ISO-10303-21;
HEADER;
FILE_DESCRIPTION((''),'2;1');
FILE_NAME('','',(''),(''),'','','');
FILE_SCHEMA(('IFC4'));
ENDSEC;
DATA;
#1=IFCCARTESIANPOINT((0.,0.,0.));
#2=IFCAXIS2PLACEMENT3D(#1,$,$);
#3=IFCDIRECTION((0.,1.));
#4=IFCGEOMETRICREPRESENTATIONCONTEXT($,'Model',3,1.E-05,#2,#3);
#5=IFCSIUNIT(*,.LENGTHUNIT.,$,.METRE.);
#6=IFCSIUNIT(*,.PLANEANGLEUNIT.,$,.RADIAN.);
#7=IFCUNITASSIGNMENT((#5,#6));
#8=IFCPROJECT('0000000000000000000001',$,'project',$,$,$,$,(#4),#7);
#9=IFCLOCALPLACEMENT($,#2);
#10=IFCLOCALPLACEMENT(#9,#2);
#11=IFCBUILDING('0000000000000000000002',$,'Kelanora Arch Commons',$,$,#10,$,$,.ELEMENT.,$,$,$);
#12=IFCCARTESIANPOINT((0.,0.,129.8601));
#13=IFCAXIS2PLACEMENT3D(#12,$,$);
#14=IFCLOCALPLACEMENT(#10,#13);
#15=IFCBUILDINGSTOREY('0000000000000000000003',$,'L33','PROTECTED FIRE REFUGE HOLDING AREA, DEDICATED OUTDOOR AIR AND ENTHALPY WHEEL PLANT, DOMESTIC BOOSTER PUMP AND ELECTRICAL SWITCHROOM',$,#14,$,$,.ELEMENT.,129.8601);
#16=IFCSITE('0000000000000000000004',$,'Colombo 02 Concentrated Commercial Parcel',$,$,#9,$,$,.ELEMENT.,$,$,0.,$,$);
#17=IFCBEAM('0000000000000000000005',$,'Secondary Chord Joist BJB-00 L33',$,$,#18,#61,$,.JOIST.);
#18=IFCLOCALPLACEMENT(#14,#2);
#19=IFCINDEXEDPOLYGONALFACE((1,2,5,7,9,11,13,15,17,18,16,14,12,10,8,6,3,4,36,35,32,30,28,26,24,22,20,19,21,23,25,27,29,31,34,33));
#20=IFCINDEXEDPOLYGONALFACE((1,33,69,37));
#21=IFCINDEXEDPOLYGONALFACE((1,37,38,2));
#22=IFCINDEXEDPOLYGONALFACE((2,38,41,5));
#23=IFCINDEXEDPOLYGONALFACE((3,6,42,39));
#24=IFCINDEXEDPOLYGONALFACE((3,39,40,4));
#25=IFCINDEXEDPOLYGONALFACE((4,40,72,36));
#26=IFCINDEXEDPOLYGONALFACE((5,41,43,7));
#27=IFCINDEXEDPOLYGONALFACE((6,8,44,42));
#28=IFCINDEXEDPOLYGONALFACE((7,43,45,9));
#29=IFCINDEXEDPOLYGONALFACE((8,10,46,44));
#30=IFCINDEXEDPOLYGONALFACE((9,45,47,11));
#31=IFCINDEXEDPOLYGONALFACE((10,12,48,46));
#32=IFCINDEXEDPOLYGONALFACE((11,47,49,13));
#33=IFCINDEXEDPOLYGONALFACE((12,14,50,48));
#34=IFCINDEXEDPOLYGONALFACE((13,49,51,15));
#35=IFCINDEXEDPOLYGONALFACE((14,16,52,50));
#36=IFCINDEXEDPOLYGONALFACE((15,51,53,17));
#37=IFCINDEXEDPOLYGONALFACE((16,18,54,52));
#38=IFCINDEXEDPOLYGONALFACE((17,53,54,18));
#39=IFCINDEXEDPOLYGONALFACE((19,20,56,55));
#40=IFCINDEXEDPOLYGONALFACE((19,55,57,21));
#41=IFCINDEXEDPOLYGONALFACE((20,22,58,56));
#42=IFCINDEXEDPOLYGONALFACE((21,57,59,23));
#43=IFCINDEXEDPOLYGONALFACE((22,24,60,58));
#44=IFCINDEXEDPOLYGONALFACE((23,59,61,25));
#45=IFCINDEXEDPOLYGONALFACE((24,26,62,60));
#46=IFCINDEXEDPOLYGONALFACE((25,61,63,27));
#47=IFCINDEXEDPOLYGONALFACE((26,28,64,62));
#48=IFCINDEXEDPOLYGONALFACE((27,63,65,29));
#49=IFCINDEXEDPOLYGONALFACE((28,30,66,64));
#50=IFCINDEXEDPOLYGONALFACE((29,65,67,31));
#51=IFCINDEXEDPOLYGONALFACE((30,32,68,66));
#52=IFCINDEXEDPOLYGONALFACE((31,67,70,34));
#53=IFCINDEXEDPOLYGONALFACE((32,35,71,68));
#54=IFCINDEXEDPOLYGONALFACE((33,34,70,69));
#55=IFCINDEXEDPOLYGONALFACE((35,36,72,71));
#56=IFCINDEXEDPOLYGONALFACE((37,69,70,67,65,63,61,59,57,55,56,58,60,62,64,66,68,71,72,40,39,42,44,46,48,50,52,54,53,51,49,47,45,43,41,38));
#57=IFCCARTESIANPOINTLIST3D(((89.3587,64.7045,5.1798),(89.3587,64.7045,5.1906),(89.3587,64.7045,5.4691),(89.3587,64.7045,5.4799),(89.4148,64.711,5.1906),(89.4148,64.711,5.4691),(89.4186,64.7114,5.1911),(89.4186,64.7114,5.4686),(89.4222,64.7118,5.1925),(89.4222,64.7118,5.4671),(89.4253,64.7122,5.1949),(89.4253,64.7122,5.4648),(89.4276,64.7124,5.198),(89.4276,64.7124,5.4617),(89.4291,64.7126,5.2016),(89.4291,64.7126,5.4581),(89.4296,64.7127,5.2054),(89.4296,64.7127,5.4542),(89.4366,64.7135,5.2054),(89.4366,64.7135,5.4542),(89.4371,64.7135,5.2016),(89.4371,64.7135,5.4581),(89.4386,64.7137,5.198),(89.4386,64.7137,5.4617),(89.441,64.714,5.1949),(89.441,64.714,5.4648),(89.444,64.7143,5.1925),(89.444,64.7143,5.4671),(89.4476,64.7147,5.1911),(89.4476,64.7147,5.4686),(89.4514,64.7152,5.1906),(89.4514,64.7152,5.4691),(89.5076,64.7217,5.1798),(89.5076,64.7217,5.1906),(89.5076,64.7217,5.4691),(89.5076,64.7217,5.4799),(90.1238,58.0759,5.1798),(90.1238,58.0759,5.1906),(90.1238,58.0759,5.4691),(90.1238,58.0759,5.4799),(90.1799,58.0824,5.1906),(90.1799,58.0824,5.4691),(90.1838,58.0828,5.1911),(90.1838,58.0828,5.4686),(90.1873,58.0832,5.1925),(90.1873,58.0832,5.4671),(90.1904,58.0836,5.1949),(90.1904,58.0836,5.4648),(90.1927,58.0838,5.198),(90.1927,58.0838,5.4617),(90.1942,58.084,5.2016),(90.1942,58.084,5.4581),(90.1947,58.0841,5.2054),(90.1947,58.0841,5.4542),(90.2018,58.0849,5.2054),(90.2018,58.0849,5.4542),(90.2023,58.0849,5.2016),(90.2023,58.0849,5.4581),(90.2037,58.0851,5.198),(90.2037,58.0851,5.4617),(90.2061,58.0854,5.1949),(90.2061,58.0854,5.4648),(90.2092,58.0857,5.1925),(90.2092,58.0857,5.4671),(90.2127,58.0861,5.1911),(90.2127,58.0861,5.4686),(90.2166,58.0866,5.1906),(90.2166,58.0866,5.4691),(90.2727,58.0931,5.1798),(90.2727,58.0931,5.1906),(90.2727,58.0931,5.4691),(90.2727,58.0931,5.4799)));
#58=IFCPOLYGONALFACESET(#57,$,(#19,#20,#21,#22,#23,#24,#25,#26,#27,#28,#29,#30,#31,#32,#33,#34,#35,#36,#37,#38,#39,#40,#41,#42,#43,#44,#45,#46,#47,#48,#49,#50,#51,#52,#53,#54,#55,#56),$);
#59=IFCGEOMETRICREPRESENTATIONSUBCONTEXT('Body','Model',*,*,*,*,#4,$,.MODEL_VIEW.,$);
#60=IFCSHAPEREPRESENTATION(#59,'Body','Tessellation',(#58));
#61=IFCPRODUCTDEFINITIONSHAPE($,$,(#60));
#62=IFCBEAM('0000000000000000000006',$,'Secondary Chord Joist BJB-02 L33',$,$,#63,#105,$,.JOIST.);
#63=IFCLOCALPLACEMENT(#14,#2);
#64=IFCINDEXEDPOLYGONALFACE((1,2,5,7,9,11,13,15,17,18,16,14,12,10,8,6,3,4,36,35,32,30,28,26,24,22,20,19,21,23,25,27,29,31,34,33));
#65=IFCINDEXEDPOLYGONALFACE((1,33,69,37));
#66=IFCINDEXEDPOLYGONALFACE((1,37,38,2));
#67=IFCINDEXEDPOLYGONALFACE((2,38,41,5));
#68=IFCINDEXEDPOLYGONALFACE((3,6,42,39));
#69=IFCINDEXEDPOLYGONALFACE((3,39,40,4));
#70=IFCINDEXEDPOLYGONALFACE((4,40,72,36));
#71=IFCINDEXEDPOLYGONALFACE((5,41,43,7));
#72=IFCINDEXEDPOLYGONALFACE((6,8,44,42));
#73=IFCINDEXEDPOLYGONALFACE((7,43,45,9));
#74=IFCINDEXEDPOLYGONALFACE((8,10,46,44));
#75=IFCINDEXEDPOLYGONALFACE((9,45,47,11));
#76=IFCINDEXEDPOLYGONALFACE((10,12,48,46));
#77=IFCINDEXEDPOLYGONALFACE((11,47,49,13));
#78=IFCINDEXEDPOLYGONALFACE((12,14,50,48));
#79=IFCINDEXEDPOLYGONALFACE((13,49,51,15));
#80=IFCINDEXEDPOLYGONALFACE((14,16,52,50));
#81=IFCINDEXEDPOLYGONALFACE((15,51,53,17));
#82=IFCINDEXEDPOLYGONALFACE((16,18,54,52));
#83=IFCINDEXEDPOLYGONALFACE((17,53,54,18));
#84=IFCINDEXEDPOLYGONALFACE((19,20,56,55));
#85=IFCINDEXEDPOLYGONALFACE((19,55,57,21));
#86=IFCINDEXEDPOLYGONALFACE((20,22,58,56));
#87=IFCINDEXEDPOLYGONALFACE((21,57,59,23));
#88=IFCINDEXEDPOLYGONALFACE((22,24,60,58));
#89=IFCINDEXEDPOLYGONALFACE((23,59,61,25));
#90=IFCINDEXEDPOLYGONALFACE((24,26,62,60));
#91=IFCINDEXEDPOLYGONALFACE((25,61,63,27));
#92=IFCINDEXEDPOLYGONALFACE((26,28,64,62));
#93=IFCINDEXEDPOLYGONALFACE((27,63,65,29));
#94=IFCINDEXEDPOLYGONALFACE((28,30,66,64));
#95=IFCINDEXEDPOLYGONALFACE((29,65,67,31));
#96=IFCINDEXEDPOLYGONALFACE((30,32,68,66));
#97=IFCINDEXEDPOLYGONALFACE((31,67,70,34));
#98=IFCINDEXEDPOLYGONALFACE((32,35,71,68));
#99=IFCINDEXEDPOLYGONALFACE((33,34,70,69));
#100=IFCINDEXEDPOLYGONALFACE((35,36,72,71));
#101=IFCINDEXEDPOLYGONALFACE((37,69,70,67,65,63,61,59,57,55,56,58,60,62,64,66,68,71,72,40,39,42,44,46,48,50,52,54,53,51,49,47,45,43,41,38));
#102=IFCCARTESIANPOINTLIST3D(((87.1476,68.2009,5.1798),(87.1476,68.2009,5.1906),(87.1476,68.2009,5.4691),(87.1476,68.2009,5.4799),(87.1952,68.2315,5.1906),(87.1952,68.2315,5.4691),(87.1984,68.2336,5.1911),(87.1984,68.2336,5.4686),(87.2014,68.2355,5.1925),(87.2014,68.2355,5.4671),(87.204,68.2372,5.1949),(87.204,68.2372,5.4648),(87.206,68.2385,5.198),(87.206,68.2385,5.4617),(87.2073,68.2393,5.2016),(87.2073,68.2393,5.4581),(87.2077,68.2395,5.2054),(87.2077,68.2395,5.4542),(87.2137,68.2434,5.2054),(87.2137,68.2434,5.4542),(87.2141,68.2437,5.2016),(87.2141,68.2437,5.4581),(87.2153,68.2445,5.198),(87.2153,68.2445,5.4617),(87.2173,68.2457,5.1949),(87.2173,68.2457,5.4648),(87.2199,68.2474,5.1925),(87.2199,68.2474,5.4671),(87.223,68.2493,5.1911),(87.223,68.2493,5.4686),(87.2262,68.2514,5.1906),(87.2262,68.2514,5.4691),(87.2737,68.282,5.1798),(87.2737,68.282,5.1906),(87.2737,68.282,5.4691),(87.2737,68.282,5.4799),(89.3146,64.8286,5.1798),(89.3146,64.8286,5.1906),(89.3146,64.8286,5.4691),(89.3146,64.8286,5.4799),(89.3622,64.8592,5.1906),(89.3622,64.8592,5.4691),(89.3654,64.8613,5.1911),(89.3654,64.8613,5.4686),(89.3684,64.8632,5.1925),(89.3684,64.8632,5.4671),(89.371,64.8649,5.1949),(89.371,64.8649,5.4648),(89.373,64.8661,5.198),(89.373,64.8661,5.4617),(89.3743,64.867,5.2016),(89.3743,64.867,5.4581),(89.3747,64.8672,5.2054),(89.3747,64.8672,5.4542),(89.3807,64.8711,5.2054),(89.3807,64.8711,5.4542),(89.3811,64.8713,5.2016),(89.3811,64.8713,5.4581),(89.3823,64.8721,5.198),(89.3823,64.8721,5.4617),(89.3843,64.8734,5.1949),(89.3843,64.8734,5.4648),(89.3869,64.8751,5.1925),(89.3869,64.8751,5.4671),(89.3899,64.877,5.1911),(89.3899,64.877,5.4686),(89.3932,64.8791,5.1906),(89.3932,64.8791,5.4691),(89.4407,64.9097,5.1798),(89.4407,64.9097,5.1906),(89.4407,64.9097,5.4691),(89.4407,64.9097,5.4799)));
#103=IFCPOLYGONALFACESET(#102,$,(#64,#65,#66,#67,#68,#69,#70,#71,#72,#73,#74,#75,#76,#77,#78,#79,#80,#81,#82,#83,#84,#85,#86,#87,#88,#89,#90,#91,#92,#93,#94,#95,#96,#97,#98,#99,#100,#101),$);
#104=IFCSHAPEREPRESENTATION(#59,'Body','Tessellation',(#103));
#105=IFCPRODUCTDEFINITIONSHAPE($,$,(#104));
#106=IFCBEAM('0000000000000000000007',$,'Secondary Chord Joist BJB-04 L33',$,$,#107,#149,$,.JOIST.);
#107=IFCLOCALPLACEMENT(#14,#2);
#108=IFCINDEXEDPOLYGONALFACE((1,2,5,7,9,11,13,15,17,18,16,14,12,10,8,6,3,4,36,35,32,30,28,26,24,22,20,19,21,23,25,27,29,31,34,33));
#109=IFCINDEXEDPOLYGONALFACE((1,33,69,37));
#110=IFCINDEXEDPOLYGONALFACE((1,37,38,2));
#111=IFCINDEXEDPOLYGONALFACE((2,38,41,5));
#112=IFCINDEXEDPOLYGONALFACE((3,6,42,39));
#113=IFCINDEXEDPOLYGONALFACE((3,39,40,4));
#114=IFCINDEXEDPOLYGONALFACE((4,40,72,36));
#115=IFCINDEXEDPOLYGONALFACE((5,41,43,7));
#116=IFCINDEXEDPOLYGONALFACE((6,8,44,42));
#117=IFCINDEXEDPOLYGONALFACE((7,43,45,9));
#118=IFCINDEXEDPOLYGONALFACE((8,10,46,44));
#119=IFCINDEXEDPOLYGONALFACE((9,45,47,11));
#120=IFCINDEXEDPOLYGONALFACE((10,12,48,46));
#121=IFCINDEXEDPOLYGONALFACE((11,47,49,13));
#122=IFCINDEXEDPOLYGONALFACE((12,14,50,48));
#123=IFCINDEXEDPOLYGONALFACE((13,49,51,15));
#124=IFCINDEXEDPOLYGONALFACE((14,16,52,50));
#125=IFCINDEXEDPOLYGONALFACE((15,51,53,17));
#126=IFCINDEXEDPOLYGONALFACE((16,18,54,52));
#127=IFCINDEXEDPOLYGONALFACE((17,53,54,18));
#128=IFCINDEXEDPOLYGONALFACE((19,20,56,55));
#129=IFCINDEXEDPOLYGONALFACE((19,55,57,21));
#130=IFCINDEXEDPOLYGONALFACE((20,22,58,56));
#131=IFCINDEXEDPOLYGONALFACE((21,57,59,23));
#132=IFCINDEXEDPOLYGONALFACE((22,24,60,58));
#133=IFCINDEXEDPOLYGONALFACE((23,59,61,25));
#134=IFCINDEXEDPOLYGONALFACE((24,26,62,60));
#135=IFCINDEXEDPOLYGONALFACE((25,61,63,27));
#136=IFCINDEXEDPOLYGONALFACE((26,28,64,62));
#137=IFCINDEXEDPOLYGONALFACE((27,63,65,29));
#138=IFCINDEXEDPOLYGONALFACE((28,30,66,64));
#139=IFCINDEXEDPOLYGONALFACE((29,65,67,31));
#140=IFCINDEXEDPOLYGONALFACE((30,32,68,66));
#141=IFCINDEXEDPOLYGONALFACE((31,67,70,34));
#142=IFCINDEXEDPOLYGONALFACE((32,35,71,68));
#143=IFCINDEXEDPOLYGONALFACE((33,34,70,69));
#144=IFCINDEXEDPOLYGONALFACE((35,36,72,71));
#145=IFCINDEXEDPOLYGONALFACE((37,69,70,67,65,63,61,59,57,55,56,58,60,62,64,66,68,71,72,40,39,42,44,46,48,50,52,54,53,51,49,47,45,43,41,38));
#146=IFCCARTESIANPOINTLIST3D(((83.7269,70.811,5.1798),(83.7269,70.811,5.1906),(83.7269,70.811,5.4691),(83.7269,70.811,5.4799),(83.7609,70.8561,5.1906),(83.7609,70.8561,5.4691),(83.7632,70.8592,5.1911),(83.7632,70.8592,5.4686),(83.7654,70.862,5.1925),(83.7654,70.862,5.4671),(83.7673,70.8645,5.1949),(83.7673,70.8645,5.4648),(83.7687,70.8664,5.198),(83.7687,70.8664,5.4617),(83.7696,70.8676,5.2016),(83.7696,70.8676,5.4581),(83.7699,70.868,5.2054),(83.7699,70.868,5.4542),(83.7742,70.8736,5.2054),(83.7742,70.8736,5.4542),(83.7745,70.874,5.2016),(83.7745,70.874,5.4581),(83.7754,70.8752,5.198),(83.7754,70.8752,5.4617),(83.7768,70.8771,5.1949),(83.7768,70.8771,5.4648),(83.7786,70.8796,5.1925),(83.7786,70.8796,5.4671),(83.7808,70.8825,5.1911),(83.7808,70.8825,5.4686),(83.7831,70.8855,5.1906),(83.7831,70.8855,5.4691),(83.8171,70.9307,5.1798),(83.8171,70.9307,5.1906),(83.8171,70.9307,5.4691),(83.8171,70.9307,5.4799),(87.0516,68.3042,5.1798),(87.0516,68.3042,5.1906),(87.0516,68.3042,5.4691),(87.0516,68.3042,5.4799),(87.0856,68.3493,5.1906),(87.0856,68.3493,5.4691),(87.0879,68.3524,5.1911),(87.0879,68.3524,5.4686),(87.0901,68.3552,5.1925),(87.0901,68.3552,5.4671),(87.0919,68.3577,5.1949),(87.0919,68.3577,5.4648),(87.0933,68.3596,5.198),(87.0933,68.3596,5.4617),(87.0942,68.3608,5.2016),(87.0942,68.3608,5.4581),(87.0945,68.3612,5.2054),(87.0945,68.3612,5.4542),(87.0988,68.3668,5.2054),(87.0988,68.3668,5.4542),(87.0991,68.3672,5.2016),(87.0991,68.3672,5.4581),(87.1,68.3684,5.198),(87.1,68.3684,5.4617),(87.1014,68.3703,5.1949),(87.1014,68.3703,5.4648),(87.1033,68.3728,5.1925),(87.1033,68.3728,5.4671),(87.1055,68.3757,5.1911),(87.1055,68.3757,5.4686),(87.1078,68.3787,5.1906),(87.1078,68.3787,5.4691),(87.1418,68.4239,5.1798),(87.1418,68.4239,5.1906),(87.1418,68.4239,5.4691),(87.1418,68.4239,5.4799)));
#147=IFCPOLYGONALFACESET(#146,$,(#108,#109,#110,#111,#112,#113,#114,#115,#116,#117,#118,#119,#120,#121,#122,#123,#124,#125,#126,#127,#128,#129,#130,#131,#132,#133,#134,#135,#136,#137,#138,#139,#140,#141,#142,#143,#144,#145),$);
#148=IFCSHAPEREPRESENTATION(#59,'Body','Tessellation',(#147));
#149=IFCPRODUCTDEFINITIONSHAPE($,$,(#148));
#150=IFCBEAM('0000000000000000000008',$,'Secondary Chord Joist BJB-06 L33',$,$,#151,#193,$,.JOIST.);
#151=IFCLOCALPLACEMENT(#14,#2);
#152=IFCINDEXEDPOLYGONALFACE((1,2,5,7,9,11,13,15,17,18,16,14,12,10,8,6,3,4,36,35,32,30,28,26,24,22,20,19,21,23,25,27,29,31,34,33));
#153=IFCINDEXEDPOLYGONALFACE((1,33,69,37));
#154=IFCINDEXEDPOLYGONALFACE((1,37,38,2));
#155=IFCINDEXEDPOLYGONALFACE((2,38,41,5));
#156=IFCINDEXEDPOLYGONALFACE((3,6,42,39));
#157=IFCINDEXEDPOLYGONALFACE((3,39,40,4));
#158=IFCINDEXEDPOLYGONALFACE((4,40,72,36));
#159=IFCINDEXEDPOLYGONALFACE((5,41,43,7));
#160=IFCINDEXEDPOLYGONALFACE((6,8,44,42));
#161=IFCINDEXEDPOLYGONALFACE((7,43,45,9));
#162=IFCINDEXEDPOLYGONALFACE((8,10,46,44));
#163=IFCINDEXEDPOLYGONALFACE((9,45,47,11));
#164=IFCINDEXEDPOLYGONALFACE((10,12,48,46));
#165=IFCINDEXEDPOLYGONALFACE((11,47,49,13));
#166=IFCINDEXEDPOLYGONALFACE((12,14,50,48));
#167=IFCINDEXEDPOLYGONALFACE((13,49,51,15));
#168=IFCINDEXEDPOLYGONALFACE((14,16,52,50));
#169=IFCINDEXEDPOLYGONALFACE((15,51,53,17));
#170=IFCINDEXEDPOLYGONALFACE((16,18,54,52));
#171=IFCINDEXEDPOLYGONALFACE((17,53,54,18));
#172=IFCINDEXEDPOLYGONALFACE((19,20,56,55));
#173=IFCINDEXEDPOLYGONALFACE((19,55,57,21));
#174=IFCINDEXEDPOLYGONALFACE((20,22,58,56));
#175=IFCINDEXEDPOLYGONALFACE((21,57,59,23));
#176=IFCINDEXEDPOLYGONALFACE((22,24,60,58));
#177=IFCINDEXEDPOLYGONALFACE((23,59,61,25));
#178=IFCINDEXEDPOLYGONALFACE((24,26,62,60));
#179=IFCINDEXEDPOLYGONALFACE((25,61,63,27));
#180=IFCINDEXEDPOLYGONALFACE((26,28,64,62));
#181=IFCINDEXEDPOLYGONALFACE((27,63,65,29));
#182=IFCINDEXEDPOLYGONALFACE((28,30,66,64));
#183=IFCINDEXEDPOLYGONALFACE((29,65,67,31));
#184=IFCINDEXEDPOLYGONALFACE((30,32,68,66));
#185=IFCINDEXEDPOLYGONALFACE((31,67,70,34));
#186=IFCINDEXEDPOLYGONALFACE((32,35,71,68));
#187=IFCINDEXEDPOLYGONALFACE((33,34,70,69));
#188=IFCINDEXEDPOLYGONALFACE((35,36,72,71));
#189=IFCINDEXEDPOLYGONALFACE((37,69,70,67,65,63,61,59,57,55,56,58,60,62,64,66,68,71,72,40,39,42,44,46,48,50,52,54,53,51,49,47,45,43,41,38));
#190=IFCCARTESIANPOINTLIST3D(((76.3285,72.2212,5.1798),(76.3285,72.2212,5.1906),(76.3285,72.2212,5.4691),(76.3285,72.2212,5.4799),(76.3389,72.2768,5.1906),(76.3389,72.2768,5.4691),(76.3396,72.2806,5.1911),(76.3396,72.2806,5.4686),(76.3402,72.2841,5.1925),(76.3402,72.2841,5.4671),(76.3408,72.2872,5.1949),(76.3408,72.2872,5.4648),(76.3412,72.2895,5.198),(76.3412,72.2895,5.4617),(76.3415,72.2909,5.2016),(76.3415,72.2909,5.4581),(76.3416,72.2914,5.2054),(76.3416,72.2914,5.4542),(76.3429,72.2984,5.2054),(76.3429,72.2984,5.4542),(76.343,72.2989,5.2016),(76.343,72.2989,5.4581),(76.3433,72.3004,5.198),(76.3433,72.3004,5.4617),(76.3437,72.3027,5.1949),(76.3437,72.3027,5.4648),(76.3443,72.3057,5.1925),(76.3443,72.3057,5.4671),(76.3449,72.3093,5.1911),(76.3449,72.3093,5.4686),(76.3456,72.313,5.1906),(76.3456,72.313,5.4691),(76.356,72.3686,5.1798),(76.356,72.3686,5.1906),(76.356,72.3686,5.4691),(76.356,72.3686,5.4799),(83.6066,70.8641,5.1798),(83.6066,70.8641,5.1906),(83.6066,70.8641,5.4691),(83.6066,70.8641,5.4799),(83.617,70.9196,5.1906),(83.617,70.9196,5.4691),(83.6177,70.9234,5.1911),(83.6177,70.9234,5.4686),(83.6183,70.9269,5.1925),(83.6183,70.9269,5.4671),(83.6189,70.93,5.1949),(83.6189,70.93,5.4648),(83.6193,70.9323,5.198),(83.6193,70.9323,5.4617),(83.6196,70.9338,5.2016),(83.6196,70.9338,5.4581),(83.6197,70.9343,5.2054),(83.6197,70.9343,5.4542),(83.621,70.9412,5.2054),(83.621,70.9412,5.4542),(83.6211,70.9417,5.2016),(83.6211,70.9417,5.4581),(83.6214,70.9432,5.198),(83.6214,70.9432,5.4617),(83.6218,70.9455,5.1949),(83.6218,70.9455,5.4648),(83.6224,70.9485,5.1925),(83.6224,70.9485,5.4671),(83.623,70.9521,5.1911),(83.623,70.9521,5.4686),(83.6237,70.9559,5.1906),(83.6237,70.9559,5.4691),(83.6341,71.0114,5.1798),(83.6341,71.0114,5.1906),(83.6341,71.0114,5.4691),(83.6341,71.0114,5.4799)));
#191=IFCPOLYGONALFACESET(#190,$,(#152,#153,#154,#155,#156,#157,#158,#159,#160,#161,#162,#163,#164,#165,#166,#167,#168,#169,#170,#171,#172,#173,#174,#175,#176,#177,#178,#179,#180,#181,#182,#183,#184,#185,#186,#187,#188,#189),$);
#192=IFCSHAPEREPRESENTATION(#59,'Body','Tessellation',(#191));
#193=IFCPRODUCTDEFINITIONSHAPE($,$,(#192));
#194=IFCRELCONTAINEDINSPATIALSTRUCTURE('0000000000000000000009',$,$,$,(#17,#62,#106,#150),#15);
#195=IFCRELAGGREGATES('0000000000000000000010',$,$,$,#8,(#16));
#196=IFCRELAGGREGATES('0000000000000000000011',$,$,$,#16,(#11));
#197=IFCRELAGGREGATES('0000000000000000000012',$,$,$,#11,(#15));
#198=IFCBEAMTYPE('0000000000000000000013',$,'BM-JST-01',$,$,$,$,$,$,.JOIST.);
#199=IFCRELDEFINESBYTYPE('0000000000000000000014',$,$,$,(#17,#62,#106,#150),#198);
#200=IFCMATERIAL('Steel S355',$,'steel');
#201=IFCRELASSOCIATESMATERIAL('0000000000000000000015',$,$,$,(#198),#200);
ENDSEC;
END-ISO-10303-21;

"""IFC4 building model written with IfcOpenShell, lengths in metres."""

from ifc_helpers import new_model, si_unit, direction, frame, origin, origin_2d, place, context, subcontext, project, spatial, i_section, extrude, material, material_profile, profile_set, type_object, element, save


model = new_model("IFC4")

# Units and contexts
model_context = context("Model", 3, precision=1e-05, world=origin(), true_north=direction((0.0, 1.0)))
body_context = subcontext(model_context, "Body", "Model", "MODEL_VIEW")
ifc_project = project(units=[si_unit("LENGTHUNIT", "METRE"), si_unit("PLANEANGLEUNIT", "RADIAN")], contexts=[model_context])

# Site, building, storey
site_placement = place(None, origin())
site = spatial("IfcSite", under=ifc_project, at=site_placement, Name="Colombo 02 Concentrated Commercial Parcel", CompositionType="ELEMENT", RefElevation=0.0)
building_placement = place(site_placement, origin())
building = spatial("IfcBuilding", under=site, at=building_placement, Name="Kelanora Arch Commons", CompositionType="ELEMENT")
storey_placement = place(building_placement, frame((0.0, 0.0, 129.8601)))
storey = spatial("IfcBuildingStorey", under=building, at=storey_placement, Name="L33", Description="PROTECTED FIRE REFUGE HOLDING AREA, DEDICATED OUTDOOR AIR AND ENTHALPY WHEEL PLANT, DOMESTIC BOOSTER PUMP AND ELECTRICAL SWITCHROOM", CompositionType="ELEMENT", Elevation=129.8601)

# Beams
ifc_material_1 = material(Name="Steel S355", Category="steel")
ifc_material_profile_1 = material_profile(ifc_material_1, i_section(OverallWidth=0.1499, OverallDepth=0.3, WebThickness=0.0071, FlangeThickness=0.0107, FilletRadius=0.0149, at=origin_2d()), Name="IPE300")
ifc_profile_set_1 = profile_set([ifc_material_profile_1], Name="Steel S355")
beam_type_1 = type_object("IfcBeamType", Name="BM-JST-01", PredefinedType="JOIST", material=ifc_profile_set_1)
beam_1_placement = place(storey_placement, frame((90.1982, 58.0845, 5.3298), z_axis=(-0.114667, 0.993404, 0.0), x_axis=(-0.993404, -0.114667, 0.0)))
element("IfcBeam", 1, at=beam_1_placement, inside=storey, type_object=beam_type_1, Name="Secondary Chord Joist BJB-00 L33", PredefinedType="JOIST", context=body_context, shape_type="SweptSolid", body=[
    extrude(i_section(OverallWidth=0.1499, OverallDepth=0.3, WebThickness=0.0071, FlangeThickness=0.0107, FilletRadius=0.0149, at=origin_2d()), origin(), (0.0, 0.0, 1.0), 6.6726),
])
beam_2_placement = place(storey_placement, frame((89.3777, 64.8691, 5.3298), z_axis=(-0.540594, 0.841283, 0.0), x_axis=(-0.841283, -0.540594, 0.0)))
element("IfcBeam", 2, at=beam_2_placement, inside=storey, type_object=beam_type_1, Name="Secondary Chord Joist BJB-02 L33", PredefinedType="JOIST", context=body_context, shape_type="SweptSolid", body=[
    extrude(i_section(OverallWidth=0.1499, OverallDepth=0.3, WebThickness=0.0071, FlangeThickness=0.0107, FilletRadius=0.0149, at=origin_2d()), origin(), (0.0, 0.0, 1.0), 4.0085),
])
beam_3_placement = place(storey_placement, frame((87.0967, 68.364, 5.3298), z_axis=(-0.798464, 0.602043, 0.0), x_axis=(-0.602043, -0.798464, 0.0)))
element("IfcBeam", 3, at=beam_3_placement, inside=storey, type_object=beam_type_1, Name="Secondary Chord Joist BJB-04 L33", PredefinedType="JOIST", context=body_context, shape_type="SweptSolid", body=[
    extrude(i_section(OverallWidth=0.1499, OverallDepth=0.3, WebThickness=0.0071, FlangeThickness=0.0107, FilletRadius=0.0149, at=origin_2d()), origin(), (0.0, 0.0, 1.0), 4.1638),
])
beam_4_placement = place(storey_placement, frame((83.6204, 70.9377, 5.3298), z_axis=(-0.983054, 0.183315, 0.0), x_axis=(-0.183315, -0.983054, 0.0)))
element("IfcBeam", 4, at=beam_4_placement, inside=storey, type_object=beam_type_1, Name="Secondary Chord Joist BJB-06 L33", PredefinedType="JOIST", context=body_context, shape_type="SweptSolid", body=[
    extrude(i_section(OverallWidth=0.1499, OverallDepth=0.3, WebThickness=0.0071, FlangeThickness=0.0107, FilletRadius=0.0149, at=origin_2d()), origin(), (0.0, 0.0, 1.0), 7.4036),
])

save(model, "model.ifc")
